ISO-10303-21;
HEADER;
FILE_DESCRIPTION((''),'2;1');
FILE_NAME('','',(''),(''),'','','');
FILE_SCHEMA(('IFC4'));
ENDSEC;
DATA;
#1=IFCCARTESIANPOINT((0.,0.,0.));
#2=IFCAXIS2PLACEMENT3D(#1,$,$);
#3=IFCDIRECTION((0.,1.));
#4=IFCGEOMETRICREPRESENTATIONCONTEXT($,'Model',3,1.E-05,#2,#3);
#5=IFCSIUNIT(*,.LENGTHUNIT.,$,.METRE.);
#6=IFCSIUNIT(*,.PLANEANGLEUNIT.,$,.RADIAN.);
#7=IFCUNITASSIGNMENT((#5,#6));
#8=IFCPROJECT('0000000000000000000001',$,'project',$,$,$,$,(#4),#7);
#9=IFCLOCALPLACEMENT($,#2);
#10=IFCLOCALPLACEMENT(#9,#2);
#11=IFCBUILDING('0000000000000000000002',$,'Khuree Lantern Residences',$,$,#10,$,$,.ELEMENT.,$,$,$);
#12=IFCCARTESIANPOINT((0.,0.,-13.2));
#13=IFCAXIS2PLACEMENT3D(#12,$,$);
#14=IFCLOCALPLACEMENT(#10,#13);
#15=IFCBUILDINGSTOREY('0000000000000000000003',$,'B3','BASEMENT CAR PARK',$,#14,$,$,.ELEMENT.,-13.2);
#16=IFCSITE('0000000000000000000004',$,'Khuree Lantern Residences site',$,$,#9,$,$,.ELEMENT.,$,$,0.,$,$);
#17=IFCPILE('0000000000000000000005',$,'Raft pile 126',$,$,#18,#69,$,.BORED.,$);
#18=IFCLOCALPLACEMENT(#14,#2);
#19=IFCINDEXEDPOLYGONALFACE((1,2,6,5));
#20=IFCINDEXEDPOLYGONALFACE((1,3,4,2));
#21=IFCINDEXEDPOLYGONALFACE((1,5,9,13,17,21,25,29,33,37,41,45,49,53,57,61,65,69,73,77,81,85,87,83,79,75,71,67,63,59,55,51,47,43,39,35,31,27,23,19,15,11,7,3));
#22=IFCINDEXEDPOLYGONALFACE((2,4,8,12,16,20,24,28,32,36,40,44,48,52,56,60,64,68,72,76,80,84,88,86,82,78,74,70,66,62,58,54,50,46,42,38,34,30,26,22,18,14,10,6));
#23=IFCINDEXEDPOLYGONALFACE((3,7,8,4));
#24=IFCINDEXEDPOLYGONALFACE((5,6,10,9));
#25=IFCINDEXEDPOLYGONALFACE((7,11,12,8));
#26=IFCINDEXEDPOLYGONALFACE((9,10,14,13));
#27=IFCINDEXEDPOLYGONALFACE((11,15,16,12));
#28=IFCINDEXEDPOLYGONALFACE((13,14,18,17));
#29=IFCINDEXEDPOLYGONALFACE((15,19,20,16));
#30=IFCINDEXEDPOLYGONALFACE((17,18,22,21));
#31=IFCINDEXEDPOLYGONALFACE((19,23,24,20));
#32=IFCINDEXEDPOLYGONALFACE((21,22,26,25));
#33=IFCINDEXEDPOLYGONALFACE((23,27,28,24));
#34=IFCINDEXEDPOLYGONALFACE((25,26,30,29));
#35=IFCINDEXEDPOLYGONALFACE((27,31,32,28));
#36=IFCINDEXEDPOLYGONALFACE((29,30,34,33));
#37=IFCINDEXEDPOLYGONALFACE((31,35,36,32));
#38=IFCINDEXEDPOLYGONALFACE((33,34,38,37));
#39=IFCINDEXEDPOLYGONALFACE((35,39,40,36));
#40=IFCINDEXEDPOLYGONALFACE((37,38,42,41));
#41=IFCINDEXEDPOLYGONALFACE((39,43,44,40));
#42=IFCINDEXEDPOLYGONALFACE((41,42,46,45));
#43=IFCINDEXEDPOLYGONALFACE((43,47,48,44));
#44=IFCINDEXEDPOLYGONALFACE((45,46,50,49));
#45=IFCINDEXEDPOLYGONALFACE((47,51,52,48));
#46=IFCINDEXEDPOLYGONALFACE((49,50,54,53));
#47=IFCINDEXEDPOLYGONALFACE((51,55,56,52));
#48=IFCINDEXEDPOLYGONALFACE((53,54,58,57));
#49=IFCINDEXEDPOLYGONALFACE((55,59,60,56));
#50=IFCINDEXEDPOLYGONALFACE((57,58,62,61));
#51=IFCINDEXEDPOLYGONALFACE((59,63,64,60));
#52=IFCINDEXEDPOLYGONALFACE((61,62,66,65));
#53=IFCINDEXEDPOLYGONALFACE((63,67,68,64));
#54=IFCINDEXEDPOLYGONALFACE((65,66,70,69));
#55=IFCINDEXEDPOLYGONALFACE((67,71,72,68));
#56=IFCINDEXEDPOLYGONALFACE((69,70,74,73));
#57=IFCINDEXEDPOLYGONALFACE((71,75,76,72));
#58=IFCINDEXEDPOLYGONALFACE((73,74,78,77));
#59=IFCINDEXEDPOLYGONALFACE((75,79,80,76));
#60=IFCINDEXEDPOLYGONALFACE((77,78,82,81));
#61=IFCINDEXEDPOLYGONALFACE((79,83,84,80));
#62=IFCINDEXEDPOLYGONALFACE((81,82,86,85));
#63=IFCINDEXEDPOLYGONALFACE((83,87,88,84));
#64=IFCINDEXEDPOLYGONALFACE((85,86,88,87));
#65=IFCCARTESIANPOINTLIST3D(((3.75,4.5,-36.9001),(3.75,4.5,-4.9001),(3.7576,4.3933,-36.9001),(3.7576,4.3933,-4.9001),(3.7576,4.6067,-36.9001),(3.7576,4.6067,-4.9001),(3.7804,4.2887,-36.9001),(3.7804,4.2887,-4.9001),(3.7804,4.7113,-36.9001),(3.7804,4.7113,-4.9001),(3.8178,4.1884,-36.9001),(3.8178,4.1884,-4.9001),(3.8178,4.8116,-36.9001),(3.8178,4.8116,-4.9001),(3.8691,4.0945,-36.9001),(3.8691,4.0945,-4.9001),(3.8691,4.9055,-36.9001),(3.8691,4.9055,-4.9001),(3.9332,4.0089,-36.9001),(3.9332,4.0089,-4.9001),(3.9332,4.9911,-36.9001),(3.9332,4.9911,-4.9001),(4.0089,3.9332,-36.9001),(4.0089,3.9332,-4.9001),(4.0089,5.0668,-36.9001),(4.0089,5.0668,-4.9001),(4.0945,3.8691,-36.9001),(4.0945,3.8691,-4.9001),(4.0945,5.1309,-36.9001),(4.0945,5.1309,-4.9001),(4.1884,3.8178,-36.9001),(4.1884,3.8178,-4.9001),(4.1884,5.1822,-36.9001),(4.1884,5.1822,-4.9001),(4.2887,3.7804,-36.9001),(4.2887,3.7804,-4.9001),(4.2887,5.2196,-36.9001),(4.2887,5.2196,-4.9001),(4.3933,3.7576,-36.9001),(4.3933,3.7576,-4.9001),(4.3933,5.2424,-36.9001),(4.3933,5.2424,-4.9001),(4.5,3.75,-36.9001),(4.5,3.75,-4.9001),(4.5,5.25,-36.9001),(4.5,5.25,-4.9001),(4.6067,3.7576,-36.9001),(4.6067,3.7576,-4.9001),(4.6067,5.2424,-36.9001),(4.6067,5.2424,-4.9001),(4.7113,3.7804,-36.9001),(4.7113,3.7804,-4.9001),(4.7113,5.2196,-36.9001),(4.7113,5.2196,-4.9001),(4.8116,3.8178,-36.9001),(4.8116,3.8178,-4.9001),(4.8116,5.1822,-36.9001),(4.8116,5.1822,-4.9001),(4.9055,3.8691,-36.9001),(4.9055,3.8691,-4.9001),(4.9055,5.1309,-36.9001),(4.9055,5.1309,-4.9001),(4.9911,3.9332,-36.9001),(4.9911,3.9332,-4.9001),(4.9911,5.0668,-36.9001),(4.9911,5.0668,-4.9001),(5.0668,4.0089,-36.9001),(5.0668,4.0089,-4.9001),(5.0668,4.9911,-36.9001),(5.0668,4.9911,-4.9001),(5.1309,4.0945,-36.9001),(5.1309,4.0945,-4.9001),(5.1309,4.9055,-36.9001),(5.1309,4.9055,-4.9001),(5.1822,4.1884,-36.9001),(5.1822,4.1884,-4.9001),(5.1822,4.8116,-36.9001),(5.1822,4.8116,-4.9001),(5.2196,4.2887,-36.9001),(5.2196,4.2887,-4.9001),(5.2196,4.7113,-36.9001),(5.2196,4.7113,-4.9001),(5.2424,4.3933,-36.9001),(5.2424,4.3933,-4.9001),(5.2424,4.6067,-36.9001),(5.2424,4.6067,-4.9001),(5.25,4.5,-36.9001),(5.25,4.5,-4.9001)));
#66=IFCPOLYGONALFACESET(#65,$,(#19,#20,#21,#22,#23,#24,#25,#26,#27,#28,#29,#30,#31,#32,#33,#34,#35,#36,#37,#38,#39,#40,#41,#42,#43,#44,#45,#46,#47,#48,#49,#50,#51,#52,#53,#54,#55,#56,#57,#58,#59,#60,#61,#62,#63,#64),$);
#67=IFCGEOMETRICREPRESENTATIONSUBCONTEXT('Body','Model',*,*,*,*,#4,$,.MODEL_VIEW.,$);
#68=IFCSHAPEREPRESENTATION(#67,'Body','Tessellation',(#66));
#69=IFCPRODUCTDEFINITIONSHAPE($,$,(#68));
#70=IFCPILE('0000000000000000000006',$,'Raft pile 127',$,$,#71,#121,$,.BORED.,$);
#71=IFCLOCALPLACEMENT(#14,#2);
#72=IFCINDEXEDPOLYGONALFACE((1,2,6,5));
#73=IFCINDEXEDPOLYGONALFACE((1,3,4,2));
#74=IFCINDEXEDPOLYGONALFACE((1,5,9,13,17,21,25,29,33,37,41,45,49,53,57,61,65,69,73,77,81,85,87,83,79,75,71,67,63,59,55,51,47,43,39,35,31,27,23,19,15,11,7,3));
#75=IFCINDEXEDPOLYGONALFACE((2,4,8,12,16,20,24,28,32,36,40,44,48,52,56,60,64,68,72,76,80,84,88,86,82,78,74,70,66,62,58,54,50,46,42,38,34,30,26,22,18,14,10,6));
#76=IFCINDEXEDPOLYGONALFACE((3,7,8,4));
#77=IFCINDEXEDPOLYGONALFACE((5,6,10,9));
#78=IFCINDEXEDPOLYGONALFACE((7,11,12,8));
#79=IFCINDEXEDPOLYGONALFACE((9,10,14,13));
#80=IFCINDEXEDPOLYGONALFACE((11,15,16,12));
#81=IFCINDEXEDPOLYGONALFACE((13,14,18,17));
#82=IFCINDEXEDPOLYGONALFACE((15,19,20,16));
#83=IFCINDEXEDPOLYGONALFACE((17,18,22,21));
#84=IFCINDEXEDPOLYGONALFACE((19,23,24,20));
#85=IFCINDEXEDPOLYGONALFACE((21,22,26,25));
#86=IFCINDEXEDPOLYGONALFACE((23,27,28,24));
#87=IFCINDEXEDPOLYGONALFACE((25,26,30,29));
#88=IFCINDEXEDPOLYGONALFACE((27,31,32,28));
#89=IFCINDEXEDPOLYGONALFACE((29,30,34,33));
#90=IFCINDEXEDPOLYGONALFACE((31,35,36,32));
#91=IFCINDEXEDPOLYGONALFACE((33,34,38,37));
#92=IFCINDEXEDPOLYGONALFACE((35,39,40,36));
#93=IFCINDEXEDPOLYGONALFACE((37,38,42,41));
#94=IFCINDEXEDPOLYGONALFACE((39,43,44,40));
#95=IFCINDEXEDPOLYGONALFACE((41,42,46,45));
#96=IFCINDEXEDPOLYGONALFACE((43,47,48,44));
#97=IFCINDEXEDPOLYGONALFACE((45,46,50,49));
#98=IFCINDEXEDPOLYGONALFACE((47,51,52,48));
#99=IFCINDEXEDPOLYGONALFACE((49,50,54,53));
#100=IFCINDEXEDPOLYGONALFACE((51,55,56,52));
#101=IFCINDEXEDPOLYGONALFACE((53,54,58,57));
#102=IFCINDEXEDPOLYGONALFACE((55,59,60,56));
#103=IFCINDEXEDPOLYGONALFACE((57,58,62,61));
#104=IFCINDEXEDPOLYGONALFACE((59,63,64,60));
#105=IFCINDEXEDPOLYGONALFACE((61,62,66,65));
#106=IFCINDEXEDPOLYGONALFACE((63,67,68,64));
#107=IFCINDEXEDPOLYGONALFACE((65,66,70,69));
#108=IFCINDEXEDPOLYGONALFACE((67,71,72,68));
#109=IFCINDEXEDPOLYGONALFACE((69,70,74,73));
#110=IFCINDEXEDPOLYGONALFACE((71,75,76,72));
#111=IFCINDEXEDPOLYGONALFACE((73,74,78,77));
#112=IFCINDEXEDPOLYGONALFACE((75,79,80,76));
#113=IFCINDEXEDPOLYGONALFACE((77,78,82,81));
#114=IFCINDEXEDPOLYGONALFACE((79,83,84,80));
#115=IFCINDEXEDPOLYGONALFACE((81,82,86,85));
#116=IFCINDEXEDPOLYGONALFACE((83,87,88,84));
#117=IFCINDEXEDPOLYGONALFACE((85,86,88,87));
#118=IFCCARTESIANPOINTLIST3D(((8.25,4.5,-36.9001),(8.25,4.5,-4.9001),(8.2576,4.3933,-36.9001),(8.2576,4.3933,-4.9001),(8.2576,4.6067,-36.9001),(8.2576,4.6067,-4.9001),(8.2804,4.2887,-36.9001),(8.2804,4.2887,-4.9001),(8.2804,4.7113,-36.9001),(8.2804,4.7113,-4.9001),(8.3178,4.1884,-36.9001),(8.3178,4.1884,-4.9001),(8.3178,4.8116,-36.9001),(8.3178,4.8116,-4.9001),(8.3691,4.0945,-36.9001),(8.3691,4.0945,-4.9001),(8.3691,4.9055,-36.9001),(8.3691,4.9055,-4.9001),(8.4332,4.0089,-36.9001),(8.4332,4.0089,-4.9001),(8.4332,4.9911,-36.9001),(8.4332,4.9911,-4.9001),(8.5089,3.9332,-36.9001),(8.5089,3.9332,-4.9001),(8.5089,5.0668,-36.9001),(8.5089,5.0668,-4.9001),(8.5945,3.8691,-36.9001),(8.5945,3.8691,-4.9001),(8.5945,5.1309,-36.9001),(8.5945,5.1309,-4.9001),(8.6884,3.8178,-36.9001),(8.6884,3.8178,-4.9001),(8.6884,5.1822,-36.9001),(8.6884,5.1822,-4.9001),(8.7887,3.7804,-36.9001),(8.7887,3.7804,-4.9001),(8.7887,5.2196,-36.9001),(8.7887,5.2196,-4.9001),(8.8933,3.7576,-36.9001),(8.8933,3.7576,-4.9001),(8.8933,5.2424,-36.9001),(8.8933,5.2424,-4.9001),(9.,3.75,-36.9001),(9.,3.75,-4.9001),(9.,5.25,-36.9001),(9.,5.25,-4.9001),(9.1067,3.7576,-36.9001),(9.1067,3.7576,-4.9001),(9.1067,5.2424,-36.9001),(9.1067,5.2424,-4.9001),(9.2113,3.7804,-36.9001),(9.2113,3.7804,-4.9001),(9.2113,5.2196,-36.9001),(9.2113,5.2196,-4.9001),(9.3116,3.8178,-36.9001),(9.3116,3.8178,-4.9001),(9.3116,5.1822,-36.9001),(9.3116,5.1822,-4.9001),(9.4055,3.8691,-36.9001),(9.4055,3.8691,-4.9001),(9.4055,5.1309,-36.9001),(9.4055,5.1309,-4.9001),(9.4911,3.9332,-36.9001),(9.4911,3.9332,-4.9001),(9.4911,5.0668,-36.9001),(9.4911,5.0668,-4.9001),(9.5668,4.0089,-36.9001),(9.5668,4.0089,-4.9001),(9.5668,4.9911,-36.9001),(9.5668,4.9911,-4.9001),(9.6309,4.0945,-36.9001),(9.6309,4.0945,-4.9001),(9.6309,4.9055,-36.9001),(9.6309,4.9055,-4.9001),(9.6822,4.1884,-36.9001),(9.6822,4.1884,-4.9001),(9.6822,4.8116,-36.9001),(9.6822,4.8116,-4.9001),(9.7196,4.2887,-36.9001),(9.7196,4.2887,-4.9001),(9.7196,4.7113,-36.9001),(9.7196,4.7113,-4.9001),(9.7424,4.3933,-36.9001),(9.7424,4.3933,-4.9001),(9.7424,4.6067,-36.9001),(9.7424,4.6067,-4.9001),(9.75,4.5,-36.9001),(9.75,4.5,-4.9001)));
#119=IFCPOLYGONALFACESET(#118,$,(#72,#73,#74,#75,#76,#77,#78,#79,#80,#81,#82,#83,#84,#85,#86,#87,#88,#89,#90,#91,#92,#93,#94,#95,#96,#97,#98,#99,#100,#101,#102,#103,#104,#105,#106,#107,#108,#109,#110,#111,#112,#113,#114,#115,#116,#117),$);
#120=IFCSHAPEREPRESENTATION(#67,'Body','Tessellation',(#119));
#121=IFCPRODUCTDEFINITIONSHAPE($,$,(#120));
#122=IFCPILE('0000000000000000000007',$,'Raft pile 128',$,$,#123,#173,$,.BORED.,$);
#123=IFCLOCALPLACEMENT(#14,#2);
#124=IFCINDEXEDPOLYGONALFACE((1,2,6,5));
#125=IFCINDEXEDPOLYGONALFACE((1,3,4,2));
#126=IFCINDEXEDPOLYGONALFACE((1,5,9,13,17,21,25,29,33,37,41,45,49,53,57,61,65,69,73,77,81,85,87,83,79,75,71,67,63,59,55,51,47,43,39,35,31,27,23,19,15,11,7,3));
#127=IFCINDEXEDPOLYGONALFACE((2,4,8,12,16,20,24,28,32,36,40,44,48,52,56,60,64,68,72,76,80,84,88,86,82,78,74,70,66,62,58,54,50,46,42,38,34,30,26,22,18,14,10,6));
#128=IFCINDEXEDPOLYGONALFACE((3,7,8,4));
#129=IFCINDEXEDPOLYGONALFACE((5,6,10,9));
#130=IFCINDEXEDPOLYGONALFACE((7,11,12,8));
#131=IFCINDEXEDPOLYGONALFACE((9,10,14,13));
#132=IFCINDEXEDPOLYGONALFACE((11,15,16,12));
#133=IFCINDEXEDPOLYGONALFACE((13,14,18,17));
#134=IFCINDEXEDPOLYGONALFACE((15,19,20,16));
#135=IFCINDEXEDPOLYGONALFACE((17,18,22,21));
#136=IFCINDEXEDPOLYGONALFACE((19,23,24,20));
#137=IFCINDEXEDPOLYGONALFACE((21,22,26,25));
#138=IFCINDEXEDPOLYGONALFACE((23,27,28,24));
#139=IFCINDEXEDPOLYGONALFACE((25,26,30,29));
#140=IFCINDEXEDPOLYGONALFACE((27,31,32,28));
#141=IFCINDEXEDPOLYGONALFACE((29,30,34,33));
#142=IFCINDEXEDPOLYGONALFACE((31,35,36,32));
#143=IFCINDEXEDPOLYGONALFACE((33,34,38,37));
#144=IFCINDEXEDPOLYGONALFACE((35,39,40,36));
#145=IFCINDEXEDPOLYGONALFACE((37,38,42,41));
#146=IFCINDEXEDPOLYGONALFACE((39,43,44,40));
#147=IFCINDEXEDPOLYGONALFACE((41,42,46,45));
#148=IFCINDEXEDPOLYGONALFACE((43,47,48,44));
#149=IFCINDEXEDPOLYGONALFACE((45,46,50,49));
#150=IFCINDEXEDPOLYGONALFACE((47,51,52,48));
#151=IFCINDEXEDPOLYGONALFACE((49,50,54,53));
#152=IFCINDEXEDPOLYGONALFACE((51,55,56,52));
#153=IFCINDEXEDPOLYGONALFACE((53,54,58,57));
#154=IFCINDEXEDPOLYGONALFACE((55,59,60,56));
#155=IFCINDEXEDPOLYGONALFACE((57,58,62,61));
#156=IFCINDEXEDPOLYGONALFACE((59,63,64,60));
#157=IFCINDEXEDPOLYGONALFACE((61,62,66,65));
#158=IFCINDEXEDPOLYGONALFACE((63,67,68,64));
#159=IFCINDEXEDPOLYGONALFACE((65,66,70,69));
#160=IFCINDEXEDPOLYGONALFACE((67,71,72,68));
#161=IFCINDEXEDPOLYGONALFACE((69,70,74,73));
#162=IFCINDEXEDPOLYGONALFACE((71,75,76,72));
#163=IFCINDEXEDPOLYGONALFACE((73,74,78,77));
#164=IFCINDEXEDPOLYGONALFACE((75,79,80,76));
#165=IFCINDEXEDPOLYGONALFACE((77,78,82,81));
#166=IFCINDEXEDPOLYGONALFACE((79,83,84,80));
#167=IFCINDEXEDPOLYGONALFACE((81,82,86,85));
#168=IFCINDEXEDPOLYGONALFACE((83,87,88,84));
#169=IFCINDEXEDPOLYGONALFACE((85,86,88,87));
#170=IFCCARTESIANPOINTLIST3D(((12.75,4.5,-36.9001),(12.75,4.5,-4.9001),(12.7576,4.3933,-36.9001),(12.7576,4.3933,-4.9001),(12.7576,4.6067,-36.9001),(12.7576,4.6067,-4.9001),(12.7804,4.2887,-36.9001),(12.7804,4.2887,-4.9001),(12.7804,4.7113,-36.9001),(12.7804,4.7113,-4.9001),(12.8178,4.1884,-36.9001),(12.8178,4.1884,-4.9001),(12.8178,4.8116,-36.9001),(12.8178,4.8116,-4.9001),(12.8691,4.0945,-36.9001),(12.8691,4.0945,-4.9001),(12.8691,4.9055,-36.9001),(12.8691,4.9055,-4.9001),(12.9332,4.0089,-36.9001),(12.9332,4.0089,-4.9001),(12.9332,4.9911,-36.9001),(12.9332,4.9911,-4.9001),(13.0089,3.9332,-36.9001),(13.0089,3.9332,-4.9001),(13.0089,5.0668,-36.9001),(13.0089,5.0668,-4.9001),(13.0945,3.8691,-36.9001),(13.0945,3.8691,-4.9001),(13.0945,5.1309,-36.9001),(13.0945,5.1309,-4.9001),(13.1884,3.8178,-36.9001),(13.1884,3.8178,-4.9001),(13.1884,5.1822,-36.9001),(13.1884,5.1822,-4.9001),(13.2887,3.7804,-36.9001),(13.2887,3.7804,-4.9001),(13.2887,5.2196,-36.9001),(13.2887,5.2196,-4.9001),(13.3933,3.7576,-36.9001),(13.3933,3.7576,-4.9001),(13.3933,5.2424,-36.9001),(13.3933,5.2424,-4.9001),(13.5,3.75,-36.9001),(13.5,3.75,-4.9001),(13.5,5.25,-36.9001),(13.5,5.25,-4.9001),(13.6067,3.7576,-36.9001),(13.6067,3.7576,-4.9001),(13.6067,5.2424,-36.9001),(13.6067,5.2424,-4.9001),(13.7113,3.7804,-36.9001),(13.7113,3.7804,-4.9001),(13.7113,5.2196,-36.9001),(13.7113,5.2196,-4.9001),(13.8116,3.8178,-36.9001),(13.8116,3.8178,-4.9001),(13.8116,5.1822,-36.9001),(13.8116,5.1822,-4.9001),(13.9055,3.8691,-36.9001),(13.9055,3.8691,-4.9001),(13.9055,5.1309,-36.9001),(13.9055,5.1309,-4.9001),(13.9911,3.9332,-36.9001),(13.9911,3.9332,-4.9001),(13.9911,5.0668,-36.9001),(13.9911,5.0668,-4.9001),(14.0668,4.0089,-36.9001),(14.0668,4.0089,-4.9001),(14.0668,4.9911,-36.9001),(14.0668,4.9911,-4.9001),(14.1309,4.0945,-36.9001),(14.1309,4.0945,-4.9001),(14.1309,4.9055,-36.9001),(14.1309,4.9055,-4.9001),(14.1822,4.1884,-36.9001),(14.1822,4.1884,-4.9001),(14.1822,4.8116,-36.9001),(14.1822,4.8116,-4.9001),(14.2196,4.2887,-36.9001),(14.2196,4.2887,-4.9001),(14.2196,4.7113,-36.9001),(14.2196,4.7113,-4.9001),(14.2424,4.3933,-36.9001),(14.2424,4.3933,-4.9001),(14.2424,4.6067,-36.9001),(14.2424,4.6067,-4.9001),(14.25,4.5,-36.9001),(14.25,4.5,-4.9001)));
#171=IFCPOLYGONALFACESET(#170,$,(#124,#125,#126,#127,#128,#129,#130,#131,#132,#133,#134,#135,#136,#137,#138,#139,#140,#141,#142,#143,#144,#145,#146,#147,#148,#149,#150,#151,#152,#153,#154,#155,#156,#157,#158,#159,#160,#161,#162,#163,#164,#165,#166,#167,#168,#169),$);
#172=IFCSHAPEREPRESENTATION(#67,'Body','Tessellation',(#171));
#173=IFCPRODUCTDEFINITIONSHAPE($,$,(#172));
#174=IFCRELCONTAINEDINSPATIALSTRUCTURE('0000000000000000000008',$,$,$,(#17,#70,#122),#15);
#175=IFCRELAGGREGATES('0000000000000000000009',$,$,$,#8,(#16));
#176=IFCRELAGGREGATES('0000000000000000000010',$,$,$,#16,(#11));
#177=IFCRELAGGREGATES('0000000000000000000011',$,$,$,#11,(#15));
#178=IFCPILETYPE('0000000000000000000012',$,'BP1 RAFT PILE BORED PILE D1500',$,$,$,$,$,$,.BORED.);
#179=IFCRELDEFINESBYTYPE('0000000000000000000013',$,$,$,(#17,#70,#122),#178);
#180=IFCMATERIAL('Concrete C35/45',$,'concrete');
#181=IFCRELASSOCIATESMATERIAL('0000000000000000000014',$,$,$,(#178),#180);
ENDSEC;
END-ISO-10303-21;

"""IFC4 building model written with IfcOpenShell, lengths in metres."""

from ifc_helpers import new_model, si_unit, direction, frame, origin, origin_2d, place, context, subcontext, project, spatial, circle, extrude, material, material_profile, profile_set, type_object, element, save


model = new_model("IFC4")

# Units and contexts
model_context = context("Model", 3, precision=1e-05, world=origin(), true_north=direction((0.0, 1.0)))
body_context = subcontext(model_context, "Body", "Model", "MODEL_VIEW")
ifc_project = project(units=[si_unit("LENGTHUNIT", "METRE"), si_unit("PLANEANGLEUNIT", "RADIAN")], contexts=[model_context])

# Site, building, storey
site_placement = place(None, origin())
site = spatial("IfcSite", under=ifc_project, at=site_placement, Name="Khuree Lantern Residences site", CompositionType="ELEMENT", RefElevation=0.0)
building_placement = place(site_placement, origin())
building = spatial("IfcBuilding", under=site, at=building_placement, Name="Khuree Lantern Residences", CompositionType="ELEMENT")
storey_placement = place(building_placement, frame((0.0, 0.0, -13.2)))
storey = spatial("IfcBuildingStorey", under=building, at=storey_placement, Name="B3", Description="BASEMENT CAR PARK", CompositionType="ELEMENT", Elevation=-13.2)

# Piles
ifc_material_1 = material(Name="Concrete C35/45", Category="concrete")
ifc_material_profile_1 = material_profile(ifc_material_1, circle(Radius=0.75, at=origin_2d()), Name="BORED PILE D1500")
ifc_profile_set_1 = profile_set([ifc_material_profile_1], Name="Concrete C35/45")
pile_type = type_object("IfcPileType", Name="BP1 RAFT PILE BORED PILE D1500", PredefinedType="BORED", material=ifc_profile_set_1)
for number, where, z_axis, x_axis, name in (
    (1, (4.5, 4.5, -4.9001), (0.0, 0.0, -1.0), (1.0, 0.0, 0.0), "Raft pile 126"),
    (2, (9.0, 4.5, -4.9001), (0.0, 0.0, -1.0), (1.0, 0.0, 0.0), "Raft pile 127"),
    (3, (13.5, 4.5, -4.9001), (0.0, 0.0, -1.0), (1.0, 0.0, 0.0), "Raft pile 128"),
):
    element("IfcPile", number, at=place(storey_placement, frame(where, z_axis=z_axis, x_axis=x_axis)), inside=storey, type_object=pile_type, Name=name, PredefinedType="BORED", context=body_context, shape_type="SweptSolid", body=[
        extrude(circle(Radius=0.75, at=origin_2d()), origin(), (0.0, 0.0, 1.0), 32.0),
    ])

save(model, "model.ifc")
